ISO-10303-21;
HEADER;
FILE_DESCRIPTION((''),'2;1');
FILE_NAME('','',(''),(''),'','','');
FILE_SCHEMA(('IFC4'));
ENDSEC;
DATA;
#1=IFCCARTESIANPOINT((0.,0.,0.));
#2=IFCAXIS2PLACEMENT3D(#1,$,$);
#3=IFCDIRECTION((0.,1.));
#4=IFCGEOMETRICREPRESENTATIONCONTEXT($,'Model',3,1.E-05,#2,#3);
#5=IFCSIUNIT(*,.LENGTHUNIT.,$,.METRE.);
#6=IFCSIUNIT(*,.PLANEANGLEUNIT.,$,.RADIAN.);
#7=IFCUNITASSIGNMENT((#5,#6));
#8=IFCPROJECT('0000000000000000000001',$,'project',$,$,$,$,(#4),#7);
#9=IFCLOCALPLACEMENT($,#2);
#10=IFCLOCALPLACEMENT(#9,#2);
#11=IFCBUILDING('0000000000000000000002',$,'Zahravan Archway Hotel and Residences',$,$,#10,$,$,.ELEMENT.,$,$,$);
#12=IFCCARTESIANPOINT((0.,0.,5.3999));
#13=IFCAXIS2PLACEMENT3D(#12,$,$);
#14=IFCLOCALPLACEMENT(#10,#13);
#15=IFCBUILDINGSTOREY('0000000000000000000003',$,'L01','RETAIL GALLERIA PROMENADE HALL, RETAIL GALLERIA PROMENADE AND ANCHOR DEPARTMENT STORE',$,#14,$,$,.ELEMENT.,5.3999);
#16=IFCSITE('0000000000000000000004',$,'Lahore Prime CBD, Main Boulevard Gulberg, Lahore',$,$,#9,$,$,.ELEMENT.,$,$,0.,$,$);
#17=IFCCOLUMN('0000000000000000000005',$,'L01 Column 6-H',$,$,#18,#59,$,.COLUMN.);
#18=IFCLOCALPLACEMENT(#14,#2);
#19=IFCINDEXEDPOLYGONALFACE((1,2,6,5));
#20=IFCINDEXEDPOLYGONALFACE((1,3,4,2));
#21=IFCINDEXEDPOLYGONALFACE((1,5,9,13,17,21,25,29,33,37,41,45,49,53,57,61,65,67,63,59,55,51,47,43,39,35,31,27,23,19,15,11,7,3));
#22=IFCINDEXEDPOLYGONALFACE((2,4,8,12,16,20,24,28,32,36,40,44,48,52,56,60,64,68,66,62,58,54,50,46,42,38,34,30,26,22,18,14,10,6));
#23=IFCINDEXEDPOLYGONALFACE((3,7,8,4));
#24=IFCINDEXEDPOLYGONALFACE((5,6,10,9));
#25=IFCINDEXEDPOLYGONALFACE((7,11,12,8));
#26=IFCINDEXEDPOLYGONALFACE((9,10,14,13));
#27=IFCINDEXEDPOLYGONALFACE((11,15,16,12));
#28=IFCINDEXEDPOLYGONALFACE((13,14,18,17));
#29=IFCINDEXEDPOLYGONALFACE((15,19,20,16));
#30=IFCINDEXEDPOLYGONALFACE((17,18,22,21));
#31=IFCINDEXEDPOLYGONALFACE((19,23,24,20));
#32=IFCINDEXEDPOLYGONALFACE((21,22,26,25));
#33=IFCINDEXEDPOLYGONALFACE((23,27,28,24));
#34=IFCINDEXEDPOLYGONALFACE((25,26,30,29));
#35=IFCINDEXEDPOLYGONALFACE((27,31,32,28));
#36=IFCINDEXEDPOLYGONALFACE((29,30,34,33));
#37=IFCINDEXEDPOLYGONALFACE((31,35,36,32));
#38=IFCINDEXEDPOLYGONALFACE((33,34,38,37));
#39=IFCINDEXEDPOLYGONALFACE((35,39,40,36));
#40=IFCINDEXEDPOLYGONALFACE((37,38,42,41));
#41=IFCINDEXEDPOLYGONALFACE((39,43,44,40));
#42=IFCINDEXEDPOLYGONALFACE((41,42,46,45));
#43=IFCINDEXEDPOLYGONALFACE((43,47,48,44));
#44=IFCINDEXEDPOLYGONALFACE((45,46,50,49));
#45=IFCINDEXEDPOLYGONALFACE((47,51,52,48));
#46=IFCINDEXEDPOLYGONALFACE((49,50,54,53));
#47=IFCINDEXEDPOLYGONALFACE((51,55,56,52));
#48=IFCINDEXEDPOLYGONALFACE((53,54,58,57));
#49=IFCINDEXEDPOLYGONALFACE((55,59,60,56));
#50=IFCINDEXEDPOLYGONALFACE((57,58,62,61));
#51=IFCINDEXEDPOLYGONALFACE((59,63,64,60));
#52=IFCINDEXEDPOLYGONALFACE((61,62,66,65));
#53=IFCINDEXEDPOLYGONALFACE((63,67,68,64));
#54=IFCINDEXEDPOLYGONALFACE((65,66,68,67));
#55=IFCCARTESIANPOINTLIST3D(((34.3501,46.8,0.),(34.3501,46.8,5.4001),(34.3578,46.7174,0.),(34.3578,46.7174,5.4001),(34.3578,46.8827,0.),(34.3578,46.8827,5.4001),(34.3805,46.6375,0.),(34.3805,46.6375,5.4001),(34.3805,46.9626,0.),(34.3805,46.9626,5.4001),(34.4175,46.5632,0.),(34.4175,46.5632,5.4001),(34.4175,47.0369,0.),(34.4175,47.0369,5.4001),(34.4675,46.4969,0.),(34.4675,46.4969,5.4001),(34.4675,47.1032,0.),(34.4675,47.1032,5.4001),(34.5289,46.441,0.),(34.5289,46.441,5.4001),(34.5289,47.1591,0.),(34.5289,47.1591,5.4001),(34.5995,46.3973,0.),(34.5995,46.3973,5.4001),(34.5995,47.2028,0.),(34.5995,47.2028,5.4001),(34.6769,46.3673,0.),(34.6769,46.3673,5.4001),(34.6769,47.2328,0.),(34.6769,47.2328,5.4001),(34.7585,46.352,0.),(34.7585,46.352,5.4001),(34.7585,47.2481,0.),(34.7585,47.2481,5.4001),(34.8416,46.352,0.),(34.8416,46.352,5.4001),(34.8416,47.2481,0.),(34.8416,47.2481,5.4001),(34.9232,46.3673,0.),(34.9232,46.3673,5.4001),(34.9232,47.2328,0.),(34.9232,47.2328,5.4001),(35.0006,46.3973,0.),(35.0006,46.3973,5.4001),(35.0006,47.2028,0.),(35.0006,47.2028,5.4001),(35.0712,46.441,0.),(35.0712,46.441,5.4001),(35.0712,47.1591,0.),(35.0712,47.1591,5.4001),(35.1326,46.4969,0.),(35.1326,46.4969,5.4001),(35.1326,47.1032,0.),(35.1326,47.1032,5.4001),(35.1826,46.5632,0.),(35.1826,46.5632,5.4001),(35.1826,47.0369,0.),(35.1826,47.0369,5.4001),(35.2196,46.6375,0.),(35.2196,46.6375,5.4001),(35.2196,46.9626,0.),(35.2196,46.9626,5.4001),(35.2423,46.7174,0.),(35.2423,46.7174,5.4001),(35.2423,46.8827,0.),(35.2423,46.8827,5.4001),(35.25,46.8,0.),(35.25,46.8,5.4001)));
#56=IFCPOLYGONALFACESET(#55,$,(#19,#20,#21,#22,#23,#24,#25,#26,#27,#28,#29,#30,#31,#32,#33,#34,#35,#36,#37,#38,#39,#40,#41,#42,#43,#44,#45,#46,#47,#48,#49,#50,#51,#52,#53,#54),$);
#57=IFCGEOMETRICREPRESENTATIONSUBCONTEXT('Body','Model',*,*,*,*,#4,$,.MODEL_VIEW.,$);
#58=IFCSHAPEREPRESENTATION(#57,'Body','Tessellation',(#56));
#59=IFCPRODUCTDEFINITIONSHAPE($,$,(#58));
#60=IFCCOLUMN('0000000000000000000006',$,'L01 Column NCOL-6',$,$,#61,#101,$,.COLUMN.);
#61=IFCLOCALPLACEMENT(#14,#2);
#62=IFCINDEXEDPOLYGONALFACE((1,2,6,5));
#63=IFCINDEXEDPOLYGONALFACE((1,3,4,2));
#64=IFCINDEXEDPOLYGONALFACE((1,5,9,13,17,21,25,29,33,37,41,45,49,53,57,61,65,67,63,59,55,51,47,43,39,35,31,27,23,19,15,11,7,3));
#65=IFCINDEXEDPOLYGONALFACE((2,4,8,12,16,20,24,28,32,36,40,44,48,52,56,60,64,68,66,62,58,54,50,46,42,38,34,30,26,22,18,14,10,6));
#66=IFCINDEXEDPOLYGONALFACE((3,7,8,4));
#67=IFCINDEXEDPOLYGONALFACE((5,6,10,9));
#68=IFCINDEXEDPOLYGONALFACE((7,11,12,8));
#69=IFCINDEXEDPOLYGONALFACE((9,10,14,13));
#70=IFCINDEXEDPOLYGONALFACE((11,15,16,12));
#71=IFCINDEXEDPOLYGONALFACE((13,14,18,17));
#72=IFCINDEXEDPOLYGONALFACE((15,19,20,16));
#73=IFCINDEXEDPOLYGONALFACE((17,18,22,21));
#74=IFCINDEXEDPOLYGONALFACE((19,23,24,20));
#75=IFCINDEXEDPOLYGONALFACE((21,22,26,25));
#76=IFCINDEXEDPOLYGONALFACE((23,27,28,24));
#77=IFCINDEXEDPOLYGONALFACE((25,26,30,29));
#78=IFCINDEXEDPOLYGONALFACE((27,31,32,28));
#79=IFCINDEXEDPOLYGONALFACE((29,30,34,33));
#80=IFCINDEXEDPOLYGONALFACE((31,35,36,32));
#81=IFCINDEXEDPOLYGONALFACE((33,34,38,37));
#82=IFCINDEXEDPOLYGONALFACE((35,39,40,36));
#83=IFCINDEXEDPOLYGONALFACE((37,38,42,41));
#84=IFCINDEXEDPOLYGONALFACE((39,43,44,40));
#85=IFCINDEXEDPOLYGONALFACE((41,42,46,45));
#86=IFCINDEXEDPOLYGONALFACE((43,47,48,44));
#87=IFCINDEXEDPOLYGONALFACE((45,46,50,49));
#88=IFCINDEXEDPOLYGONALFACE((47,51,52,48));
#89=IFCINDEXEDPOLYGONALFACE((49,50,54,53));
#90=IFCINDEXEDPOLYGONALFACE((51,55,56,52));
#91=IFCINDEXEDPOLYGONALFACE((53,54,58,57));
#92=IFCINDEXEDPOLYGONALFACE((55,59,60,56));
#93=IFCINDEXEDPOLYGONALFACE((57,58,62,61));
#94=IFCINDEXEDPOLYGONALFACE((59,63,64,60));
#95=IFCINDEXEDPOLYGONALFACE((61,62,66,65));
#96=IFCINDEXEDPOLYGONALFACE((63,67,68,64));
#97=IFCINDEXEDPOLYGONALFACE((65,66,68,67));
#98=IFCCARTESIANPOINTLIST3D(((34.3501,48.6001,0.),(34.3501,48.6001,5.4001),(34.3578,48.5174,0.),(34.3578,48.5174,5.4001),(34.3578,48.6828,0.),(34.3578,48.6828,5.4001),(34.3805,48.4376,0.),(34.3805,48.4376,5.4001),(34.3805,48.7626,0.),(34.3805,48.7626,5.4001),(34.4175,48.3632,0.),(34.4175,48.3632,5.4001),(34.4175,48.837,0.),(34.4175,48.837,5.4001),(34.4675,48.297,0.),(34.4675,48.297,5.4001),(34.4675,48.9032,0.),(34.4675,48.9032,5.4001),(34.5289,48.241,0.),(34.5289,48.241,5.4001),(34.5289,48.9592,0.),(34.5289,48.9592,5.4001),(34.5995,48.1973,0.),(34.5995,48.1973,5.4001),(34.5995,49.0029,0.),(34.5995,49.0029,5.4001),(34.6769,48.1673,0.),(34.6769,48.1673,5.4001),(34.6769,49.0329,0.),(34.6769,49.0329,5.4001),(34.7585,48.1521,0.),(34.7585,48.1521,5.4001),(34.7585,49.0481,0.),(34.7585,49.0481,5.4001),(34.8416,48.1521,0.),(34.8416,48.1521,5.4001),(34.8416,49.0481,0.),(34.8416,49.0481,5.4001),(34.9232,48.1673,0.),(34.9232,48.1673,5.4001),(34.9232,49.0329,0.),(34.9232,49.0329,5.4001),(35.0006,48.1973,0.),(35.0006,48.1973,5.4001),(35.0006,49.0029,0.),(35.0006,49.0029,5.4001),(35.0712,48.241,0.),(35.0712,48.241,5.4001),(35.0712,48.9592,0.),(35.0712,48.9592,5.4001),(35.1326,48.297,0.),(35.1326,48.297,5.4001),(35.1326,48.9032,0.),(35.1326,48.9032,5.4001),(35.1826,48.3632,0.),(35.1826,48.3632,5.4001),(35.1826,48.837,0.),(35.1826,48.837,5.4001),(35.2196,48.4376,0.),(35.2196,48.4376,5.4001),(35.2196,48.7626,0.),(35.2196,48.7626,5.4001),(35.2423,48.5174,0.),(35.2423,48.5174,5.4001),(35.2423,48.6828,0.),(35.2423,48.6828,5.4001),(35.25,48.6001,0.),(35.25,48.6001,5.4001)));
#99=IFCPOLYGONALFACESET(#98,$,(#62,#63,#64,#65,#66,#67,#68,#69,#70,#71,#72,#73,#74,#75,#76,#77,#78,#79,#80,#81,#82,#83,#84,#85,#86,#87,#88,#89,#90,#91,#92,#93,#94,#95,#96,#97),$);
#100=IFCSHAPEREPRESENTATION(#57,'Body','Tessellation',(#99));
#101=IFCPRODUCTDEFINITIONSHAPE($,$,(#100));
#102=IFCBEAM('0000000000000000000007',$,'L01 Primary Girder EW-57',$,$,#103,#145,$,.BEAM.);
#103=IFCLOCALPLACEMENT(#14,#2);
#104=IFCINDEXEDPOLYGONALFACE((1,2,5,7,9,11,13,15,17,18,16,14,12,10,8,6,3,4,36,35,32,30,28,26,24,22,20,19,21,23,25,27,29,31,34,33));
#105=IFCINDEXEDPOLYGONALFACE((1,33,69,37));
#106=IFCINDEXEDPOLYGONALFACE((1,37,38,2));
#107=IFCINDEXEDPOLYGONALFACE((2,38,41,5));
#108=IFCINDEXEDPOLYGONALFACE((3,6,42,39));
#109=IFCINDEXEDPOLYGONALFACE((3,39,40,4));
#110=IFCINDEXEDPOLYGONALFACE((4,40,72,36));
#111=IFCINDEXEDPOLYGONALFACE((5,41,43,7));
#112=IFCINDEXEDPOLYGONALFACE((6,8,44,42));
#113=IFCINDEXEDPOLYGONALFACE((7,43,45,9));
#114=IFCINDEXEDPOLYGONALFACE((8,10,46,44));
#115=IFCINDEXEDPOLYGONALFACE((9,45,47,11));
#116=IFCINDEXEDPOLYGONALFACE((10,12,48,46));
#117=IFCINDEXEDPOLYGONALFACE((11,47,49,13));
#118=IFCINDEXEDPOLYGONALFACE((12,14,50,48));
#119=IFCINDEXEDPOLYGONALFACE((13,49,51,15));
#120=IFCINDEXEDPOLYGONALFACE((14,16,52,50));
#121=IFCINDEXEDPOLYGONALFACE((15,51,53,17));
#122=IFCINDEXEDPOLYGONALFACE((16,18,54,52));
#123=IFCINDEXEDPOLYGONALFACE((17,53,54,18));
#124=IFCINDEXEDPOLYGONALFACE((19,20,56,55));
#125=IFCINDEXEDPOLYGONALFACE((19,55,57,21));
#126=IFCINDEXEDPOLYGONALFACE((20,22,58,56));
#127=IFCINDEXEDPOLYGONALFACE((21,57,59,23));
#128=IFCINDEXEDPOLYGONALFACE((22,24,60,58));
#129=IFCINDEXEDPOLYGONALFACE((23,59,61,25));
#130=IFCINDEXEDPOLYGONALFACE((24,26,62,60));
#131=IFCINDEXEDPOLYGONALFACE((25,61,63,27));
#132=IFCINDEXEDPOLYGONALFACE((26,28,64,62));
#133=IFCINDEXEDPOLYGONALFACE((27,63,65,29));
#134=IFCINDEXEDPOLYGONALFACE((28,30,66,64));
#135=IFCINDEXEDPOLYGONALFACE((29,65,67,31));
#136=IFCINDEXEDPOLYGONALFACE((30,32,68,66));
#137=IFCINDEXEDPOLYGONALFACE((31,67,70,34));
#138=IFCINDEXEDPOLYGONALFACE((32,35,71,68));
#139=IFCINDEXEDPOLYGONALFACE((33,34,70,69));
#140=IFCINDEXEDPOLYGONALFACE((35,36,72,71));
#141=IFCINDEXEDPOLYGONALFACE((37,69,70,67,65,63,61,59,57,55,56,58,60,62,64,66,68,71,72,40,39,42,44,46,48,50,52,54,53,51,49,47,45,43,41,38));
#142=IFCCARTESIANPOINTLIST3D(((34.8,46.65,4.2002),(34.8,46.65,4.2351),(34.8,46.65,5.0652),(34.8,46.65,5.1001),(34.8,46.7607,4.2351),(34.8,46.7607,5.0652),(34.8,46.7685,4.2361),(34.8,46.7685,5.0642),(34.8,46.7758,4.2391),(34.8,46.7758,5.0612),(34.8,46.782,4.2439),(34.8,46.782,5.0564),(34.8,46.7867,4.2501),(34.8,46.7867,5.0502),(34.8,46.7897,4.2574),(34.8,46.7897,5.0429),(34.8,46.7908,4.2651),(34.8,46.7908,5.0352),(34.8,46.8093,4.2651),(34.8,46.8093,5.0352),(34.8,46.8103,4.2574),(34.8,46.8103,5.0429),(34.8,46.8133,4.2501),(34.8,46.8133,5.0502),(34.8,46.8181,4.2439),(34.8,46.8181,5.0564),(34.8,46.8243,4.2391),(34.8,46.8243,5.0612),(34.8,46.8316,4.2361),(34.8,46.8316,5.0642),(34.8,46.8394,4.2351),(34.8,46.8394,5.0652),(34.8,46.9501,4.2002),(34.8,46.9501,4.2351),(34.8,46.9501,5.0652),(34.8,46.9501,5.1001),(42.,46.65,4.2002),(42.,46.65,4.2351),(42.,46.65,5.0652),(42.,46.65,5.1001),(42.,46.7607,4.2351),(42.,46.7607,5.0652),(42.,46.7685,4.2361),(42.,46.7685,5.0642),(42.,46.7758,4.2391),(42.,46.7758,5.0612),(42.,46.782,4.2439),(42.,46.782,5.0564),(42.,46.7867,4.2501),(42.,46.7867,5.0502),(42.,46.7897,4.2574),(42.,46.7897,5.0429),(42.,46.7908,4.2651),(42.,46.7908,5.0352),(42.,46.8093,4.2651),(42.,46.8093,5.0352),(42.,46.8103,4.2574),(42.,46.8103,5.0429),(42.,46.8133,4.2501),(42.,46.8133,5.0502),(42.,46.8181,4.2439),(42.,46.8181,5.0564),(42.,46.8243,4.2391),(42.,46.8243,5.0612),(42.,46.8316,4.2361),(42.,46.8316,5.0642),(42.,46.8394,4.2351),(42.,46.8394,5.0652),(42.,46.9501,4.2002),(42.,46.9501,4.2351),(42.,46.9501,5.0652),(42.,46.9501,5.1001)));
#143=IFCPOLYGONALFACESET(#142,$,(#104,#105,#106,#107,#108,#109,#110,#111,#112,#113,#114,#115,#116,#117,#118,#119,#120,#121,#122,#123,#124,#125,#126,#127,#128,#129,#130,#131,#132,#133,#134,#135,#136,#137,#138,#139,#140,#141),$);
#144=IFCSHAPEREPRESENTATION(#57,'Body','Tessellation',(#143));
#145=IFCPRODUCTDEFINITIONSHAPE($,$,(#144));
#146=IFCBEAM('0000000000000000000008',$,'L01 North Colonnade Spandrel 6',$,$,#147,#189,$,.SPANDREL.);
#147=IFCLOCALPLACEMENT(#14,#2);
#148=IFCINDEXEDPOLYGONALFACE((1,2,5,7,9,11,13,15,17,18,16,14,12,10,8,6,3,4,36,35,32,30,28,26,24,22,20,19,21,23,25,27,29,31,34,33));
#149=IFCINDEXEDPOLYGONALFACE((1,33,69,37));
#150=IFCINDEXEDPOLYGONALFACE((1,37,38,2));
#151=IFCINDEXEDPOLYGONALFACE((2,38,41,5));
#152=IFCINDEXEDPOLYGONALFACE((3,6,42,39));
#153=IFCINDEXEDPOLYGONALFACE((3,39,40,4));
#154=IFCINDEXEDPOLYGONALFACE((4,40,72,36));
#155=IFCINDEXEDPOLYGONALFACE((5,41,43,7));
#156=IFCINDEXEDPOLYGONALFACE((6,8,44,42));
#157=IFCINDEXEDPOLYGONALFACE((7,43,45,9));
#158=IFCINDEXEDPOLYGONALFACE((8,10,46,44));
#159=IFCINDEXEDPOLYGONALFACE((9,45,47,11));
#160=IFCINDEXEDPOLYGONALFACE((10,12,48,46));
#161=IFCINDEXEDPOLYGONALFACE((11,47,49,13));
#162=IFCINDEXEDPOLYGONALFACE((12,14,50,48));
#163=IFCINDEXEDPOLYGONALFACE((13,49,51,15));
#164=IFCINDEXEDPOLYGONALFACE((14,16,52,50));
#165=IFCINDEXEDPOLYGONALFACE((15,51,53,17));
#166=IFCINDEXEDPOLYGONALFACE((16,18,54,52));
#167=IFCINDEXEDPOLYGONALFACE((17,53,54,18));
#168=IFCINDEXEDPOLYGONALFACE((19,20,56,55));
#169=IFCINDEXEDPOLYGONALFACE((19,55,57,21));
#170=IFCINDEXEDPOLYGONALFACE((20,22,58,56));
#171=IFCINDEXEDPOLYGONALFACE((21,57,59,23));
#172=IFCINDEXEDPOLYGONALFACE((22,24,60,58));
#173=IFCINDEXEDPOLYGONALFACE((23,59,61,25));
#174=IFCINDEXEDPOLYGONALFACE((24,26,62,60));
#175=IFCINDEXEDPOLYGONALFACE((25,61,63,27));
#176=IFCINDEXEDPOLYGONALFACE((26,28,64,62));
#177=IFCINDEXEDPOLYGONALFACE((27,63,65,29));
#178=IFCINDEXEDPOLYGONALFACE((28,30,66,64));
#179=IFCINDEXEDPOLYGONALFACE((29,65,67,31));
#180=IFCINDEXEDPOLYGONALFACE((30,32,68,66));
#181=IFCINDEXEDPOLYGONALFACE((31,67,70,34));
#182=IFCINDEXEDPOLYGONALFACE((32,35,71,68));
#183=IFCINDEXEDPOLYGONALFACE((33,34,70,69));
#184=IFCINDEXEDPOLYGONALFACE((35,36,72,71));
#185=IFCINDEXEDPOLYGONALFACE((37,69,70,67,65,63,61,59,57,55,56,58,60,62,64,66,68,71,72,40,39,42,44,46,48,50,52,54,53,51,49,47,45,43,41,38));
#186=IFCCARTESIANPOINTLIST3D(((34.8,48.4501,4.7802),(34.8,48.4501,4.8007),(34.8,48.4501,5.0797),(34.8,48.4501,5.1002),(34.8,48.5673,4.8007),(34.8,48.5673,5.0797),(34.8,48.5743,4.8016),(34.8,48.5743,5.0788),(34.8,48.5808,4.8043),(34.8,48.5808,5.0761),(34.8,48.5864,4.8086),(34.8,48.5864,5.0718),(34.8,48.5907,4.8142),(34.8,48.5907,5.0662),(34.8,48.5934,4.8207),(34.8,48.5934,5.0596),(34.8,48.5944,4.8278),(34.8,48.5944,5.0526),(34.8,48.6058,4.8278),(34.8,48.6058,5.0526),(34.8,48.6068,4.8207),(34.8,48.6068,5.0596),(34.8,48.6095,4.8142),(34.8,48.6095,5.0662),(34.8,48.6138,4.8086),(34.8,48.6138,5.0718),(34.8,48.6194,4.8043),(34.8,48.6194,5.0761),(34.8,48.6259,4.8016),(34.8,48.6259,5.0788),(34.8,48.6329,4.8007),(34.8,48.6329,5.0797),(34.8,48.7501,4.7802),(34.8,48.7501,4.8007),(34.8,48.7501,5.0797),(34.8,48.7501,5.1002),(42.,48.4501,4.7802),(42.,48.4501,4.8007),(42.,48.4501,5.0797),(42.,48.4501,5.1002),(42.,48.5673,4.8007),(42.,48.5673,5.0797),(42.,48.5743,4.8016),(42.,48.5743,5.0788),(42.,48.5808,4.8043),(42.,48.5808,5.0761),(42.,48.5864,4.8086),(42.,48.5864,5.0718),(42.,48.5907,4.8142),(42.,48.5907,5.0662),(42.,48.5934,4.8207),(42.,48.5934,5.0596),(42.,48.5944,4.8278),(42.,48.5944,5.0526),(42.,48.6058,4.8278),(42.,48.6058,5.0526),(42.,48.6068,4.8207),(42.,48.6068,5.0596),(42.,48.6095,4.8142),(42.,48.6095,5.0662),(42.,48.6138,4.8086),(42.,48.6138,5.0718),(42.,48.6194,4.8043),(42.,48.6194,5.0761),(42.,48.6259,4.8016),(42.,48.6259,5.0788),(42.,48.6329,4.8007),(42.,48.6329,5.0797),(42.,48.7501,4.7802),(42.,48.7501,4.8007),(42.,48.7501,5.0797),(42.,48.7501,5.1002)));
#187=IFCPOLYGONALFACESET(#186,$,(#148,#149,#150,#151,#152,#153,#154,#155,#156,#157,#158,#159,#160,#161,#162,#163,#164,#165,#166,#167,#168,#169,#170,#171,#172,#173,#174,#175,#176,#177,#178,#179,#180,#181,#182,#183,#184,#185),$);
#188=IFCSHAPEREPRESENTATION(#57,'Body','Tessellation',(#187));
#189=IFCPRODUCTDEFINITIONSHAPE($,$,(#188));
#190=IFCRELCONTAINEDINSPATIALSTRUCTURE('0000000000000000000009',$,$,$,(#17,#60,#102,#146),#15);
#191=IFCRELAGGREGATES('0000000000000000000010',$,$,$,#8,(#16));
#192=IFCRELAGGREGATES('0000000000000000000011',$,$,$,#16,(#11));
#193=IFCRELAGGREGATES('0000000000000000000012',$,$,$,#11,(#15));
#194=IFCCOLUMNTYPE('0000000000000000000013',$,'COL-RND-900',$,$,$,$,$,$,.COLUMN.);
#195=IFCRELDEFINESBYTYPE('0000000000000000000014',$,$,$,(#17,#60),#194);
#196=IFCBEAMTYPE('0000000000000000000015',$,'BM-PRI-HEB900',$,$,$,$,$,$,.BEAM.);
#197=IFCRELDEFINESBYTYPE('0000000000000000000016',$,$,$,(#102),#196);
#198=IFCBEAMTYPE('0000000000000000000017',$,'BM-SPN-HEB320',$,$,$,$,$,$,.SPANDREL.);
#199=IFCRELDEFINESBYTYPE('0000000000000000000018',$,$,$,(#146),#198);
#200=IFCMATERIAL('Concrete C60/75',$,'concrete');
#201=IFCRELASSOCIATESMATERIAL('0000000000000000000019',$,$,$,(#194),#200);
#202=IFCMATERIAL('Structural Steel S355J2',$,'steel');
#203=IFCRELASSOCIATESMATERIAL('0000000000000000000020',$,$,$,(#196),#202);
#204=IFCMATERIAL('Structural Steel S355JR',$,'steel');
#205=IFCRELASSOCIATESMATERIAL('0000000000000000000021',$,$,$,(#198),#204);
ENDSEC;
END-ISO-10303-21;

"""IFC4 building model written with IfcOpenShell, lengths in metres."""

from ifc_helpers import new_model, si_unit, direction, frame, origin, origin_2d, place, context, subcontext, project, spatial, circle, i_section, extrude, source, transform, mapped, material, material_profile, profile_set, type_object, type_shapes, element, save


model = new_model("IFC4")

# Units and contexts
model_context = context("Model", 3, precision=1e-05, world=origin(), true_north=direction((0.0, 1.0)))
body_context = subcontext(model_context, "Body", "Model", "MODEL_VIEW")
ifc_project = project(units=[si_unit("LENGTHUNIT", "METRE"), si_unit("PLANEANGLEUNIT", "RADIAN")], contexts=[model_context])

# Site, building, storey
site_placement = place(None, origin())
site = spatial("IfcSite", under=ifc_project, at=site_placement, Name="Lahore Prime CBD, Main Boulevard Gulberg, Lahore", CompositionType="ELEMENT", RefElevation=0.0)
building_placement = place(site_placement, origin())
building = spatial("IfcBuilding", under=site, at=building_placement, Name="Zahravan Archway Hotel and Residences", CompositionType="ELEMENT")
storey_placement = place(building_placement, frame((0.0, 0.0, 5.3999)))
storey = spatial("IfcBuildingStorey", under=building, at=storey_placement, Name="L01", Description="RETAIL GALLERIA PROMENADE HALL, RETAIL GALLERIA PROMENADE AND ANCHOR DEPARTMENT STORE", CompositionType="ELEMENT", Elevation=5.3999)

# Columns
ifc_material_1 = material(Name="Concrete C60/75", Category="concrete")
ifc_material_profile_1 = material_profile(ifc_material_1, circle(Radius=0.45, at=origin_2d()), Name="RC-CIRC-900", Category="concrete")
ifc_profile_set_1 = profile_set([ifc_material_profile_1], Name="Concrete C60/75")
column_type = type_object("IfcColumnType", Name="COL-RND-900", PredefinedType="COLUMN", material=ifc_profile_set_1)
shared_shape_1 = source(origin(), body_context, "Body", "SweptSolid", [
    extrude(circle(Radius=0.45, at=origin_2d()), origin(), (0.0, 0.0, 1.0), 5.4001),
])
for number, where, z_axis, x_axis, name in (
    (1, (34.8, 46.8, 0.0), (0.0, 0.0, 1.0), (1.0, 0.0, 0.0), "L01 Column 6-H"),
    (2, (34.8, 48.6001, 0.0), (0.0, 0.0, 1.0), (1.0, 0.0, 0.0), "L01 Column NCOL-6"),
):
    element("IfcColumn", number, at=place(storey_placement, frame(where, z_axis=z_axis, x_axis=x_axis)), inside=storey, type_object=column_type, Name=name, PredefinedType="COLUMN", context=body_context, shape_type="MappedRepresentation", body=[
        mapped(shared_shape_1, transform((0.0, 0.0, 0.0), scale=1.0)),
    ])

# Beams
ifc_material_2 = material(Name="Structural Steel S355J2", Category="steel")
ifc_material_profile_2 = material_profile(ifc_material_2, i_section(OverallWidth=0.3, OverallDepth=0.8999, WebThickness=0.0186, FlangeThickness=0.0349, FilletRadius=0.03, at=origin_2d()), Name="HEB 900", Category="steel")
ifc_profile_set_2 = profile_set([ifc_material_profile_2], Name="Structural Steel S355J2")
beam_type_1 = type_object("IfcBeamType", Name="BM-PRI-HEB900", PredefinedType="BEAM", material=ifc_profile_set_2)
shared_shape_2 = source(origin(), body_context, "Body", "SweptSolid", [
    extrude(i_section(OverallWidth=0.3, OverallDepth=0.8999, WebThickness=0.0186, FlangeThickness=0.0349, FilletRadius=0.03, at=origin_2d()), origin(), (0.0, 0.0, 1.0), 7.2),
])
beam_1_placement = place(storey_placement, frame((34.8, 46.8, 4.6501), z_axis=(1.0, 0.0, 0.0), x_axis=(0.0, 1.0, 0.0)))
element("IfcBeam", 3, at=beam_1_placement, inside=storey, type_object=beam_type_1, Name="L01 Primary Girder EW-57", PredefinedType="BEAM", context=body_context, shape_type="MappedRepresentation", body=[
    mapped(shared_shape_2, transform((0.0, 0.0, 0.0), scale=1.0)),
])
ifc_material_3 = material(Name="Structural Steel S355JR", Category="steel")
ifc_material_profile_3 = material_profile(ifc_material_3, i_section(OverallWidth=0.3, OverallDepth=0.3201, WebThickness=0.0115, FlangeThickness=0.0205, FilletRadius=0.0271, at=origin_2d()), Name="HEB 320", Category="steel")
ifc_profile_set_3 = profile_set([ifc_material_profile_3], Name="Structural Steel S355JR")
beam_type_2 = type_object("IfcBeamType", Name="BM-SPN-HEB320", PredefinedType="SPANDREL", material=ifc_profile_set_3)
shared_shape_3 = source(origin(), body_context, "Body", "SweptSolid", [
    extrude(i_section(OverallWidth=0.3, OverallDepth=0.3201, WebThickness=0.0115, FlangeThickness=0.0205, FilletRadius=0.0271, at=origin_2d()), origin(), (0.0, 0.0, 1.0), 7.2),
])
type_shapes(beam_type_2, [shared_shape_3])
beam_2_placement = place(storey_placement, frame((34.8, 48.6001, 4.9402), z_axis=(1.0, 0.0, 0.0), x_axis=(0.0, 1.0, 0.0)))
element("IfcBeam", 4, at=beam_2_placement, inside=storey, type_object=beam_type_2, Name="L01 North Colonnade Spandrel 6", PredefinedType="SPANDREL", context=body_context, shape_type="MappedRepresentation", body=[
    mapped(shared_shape_3, transform((0.0, 0.0, 0.0), scale=1.0)),
])

save(model, "model.ifc")
